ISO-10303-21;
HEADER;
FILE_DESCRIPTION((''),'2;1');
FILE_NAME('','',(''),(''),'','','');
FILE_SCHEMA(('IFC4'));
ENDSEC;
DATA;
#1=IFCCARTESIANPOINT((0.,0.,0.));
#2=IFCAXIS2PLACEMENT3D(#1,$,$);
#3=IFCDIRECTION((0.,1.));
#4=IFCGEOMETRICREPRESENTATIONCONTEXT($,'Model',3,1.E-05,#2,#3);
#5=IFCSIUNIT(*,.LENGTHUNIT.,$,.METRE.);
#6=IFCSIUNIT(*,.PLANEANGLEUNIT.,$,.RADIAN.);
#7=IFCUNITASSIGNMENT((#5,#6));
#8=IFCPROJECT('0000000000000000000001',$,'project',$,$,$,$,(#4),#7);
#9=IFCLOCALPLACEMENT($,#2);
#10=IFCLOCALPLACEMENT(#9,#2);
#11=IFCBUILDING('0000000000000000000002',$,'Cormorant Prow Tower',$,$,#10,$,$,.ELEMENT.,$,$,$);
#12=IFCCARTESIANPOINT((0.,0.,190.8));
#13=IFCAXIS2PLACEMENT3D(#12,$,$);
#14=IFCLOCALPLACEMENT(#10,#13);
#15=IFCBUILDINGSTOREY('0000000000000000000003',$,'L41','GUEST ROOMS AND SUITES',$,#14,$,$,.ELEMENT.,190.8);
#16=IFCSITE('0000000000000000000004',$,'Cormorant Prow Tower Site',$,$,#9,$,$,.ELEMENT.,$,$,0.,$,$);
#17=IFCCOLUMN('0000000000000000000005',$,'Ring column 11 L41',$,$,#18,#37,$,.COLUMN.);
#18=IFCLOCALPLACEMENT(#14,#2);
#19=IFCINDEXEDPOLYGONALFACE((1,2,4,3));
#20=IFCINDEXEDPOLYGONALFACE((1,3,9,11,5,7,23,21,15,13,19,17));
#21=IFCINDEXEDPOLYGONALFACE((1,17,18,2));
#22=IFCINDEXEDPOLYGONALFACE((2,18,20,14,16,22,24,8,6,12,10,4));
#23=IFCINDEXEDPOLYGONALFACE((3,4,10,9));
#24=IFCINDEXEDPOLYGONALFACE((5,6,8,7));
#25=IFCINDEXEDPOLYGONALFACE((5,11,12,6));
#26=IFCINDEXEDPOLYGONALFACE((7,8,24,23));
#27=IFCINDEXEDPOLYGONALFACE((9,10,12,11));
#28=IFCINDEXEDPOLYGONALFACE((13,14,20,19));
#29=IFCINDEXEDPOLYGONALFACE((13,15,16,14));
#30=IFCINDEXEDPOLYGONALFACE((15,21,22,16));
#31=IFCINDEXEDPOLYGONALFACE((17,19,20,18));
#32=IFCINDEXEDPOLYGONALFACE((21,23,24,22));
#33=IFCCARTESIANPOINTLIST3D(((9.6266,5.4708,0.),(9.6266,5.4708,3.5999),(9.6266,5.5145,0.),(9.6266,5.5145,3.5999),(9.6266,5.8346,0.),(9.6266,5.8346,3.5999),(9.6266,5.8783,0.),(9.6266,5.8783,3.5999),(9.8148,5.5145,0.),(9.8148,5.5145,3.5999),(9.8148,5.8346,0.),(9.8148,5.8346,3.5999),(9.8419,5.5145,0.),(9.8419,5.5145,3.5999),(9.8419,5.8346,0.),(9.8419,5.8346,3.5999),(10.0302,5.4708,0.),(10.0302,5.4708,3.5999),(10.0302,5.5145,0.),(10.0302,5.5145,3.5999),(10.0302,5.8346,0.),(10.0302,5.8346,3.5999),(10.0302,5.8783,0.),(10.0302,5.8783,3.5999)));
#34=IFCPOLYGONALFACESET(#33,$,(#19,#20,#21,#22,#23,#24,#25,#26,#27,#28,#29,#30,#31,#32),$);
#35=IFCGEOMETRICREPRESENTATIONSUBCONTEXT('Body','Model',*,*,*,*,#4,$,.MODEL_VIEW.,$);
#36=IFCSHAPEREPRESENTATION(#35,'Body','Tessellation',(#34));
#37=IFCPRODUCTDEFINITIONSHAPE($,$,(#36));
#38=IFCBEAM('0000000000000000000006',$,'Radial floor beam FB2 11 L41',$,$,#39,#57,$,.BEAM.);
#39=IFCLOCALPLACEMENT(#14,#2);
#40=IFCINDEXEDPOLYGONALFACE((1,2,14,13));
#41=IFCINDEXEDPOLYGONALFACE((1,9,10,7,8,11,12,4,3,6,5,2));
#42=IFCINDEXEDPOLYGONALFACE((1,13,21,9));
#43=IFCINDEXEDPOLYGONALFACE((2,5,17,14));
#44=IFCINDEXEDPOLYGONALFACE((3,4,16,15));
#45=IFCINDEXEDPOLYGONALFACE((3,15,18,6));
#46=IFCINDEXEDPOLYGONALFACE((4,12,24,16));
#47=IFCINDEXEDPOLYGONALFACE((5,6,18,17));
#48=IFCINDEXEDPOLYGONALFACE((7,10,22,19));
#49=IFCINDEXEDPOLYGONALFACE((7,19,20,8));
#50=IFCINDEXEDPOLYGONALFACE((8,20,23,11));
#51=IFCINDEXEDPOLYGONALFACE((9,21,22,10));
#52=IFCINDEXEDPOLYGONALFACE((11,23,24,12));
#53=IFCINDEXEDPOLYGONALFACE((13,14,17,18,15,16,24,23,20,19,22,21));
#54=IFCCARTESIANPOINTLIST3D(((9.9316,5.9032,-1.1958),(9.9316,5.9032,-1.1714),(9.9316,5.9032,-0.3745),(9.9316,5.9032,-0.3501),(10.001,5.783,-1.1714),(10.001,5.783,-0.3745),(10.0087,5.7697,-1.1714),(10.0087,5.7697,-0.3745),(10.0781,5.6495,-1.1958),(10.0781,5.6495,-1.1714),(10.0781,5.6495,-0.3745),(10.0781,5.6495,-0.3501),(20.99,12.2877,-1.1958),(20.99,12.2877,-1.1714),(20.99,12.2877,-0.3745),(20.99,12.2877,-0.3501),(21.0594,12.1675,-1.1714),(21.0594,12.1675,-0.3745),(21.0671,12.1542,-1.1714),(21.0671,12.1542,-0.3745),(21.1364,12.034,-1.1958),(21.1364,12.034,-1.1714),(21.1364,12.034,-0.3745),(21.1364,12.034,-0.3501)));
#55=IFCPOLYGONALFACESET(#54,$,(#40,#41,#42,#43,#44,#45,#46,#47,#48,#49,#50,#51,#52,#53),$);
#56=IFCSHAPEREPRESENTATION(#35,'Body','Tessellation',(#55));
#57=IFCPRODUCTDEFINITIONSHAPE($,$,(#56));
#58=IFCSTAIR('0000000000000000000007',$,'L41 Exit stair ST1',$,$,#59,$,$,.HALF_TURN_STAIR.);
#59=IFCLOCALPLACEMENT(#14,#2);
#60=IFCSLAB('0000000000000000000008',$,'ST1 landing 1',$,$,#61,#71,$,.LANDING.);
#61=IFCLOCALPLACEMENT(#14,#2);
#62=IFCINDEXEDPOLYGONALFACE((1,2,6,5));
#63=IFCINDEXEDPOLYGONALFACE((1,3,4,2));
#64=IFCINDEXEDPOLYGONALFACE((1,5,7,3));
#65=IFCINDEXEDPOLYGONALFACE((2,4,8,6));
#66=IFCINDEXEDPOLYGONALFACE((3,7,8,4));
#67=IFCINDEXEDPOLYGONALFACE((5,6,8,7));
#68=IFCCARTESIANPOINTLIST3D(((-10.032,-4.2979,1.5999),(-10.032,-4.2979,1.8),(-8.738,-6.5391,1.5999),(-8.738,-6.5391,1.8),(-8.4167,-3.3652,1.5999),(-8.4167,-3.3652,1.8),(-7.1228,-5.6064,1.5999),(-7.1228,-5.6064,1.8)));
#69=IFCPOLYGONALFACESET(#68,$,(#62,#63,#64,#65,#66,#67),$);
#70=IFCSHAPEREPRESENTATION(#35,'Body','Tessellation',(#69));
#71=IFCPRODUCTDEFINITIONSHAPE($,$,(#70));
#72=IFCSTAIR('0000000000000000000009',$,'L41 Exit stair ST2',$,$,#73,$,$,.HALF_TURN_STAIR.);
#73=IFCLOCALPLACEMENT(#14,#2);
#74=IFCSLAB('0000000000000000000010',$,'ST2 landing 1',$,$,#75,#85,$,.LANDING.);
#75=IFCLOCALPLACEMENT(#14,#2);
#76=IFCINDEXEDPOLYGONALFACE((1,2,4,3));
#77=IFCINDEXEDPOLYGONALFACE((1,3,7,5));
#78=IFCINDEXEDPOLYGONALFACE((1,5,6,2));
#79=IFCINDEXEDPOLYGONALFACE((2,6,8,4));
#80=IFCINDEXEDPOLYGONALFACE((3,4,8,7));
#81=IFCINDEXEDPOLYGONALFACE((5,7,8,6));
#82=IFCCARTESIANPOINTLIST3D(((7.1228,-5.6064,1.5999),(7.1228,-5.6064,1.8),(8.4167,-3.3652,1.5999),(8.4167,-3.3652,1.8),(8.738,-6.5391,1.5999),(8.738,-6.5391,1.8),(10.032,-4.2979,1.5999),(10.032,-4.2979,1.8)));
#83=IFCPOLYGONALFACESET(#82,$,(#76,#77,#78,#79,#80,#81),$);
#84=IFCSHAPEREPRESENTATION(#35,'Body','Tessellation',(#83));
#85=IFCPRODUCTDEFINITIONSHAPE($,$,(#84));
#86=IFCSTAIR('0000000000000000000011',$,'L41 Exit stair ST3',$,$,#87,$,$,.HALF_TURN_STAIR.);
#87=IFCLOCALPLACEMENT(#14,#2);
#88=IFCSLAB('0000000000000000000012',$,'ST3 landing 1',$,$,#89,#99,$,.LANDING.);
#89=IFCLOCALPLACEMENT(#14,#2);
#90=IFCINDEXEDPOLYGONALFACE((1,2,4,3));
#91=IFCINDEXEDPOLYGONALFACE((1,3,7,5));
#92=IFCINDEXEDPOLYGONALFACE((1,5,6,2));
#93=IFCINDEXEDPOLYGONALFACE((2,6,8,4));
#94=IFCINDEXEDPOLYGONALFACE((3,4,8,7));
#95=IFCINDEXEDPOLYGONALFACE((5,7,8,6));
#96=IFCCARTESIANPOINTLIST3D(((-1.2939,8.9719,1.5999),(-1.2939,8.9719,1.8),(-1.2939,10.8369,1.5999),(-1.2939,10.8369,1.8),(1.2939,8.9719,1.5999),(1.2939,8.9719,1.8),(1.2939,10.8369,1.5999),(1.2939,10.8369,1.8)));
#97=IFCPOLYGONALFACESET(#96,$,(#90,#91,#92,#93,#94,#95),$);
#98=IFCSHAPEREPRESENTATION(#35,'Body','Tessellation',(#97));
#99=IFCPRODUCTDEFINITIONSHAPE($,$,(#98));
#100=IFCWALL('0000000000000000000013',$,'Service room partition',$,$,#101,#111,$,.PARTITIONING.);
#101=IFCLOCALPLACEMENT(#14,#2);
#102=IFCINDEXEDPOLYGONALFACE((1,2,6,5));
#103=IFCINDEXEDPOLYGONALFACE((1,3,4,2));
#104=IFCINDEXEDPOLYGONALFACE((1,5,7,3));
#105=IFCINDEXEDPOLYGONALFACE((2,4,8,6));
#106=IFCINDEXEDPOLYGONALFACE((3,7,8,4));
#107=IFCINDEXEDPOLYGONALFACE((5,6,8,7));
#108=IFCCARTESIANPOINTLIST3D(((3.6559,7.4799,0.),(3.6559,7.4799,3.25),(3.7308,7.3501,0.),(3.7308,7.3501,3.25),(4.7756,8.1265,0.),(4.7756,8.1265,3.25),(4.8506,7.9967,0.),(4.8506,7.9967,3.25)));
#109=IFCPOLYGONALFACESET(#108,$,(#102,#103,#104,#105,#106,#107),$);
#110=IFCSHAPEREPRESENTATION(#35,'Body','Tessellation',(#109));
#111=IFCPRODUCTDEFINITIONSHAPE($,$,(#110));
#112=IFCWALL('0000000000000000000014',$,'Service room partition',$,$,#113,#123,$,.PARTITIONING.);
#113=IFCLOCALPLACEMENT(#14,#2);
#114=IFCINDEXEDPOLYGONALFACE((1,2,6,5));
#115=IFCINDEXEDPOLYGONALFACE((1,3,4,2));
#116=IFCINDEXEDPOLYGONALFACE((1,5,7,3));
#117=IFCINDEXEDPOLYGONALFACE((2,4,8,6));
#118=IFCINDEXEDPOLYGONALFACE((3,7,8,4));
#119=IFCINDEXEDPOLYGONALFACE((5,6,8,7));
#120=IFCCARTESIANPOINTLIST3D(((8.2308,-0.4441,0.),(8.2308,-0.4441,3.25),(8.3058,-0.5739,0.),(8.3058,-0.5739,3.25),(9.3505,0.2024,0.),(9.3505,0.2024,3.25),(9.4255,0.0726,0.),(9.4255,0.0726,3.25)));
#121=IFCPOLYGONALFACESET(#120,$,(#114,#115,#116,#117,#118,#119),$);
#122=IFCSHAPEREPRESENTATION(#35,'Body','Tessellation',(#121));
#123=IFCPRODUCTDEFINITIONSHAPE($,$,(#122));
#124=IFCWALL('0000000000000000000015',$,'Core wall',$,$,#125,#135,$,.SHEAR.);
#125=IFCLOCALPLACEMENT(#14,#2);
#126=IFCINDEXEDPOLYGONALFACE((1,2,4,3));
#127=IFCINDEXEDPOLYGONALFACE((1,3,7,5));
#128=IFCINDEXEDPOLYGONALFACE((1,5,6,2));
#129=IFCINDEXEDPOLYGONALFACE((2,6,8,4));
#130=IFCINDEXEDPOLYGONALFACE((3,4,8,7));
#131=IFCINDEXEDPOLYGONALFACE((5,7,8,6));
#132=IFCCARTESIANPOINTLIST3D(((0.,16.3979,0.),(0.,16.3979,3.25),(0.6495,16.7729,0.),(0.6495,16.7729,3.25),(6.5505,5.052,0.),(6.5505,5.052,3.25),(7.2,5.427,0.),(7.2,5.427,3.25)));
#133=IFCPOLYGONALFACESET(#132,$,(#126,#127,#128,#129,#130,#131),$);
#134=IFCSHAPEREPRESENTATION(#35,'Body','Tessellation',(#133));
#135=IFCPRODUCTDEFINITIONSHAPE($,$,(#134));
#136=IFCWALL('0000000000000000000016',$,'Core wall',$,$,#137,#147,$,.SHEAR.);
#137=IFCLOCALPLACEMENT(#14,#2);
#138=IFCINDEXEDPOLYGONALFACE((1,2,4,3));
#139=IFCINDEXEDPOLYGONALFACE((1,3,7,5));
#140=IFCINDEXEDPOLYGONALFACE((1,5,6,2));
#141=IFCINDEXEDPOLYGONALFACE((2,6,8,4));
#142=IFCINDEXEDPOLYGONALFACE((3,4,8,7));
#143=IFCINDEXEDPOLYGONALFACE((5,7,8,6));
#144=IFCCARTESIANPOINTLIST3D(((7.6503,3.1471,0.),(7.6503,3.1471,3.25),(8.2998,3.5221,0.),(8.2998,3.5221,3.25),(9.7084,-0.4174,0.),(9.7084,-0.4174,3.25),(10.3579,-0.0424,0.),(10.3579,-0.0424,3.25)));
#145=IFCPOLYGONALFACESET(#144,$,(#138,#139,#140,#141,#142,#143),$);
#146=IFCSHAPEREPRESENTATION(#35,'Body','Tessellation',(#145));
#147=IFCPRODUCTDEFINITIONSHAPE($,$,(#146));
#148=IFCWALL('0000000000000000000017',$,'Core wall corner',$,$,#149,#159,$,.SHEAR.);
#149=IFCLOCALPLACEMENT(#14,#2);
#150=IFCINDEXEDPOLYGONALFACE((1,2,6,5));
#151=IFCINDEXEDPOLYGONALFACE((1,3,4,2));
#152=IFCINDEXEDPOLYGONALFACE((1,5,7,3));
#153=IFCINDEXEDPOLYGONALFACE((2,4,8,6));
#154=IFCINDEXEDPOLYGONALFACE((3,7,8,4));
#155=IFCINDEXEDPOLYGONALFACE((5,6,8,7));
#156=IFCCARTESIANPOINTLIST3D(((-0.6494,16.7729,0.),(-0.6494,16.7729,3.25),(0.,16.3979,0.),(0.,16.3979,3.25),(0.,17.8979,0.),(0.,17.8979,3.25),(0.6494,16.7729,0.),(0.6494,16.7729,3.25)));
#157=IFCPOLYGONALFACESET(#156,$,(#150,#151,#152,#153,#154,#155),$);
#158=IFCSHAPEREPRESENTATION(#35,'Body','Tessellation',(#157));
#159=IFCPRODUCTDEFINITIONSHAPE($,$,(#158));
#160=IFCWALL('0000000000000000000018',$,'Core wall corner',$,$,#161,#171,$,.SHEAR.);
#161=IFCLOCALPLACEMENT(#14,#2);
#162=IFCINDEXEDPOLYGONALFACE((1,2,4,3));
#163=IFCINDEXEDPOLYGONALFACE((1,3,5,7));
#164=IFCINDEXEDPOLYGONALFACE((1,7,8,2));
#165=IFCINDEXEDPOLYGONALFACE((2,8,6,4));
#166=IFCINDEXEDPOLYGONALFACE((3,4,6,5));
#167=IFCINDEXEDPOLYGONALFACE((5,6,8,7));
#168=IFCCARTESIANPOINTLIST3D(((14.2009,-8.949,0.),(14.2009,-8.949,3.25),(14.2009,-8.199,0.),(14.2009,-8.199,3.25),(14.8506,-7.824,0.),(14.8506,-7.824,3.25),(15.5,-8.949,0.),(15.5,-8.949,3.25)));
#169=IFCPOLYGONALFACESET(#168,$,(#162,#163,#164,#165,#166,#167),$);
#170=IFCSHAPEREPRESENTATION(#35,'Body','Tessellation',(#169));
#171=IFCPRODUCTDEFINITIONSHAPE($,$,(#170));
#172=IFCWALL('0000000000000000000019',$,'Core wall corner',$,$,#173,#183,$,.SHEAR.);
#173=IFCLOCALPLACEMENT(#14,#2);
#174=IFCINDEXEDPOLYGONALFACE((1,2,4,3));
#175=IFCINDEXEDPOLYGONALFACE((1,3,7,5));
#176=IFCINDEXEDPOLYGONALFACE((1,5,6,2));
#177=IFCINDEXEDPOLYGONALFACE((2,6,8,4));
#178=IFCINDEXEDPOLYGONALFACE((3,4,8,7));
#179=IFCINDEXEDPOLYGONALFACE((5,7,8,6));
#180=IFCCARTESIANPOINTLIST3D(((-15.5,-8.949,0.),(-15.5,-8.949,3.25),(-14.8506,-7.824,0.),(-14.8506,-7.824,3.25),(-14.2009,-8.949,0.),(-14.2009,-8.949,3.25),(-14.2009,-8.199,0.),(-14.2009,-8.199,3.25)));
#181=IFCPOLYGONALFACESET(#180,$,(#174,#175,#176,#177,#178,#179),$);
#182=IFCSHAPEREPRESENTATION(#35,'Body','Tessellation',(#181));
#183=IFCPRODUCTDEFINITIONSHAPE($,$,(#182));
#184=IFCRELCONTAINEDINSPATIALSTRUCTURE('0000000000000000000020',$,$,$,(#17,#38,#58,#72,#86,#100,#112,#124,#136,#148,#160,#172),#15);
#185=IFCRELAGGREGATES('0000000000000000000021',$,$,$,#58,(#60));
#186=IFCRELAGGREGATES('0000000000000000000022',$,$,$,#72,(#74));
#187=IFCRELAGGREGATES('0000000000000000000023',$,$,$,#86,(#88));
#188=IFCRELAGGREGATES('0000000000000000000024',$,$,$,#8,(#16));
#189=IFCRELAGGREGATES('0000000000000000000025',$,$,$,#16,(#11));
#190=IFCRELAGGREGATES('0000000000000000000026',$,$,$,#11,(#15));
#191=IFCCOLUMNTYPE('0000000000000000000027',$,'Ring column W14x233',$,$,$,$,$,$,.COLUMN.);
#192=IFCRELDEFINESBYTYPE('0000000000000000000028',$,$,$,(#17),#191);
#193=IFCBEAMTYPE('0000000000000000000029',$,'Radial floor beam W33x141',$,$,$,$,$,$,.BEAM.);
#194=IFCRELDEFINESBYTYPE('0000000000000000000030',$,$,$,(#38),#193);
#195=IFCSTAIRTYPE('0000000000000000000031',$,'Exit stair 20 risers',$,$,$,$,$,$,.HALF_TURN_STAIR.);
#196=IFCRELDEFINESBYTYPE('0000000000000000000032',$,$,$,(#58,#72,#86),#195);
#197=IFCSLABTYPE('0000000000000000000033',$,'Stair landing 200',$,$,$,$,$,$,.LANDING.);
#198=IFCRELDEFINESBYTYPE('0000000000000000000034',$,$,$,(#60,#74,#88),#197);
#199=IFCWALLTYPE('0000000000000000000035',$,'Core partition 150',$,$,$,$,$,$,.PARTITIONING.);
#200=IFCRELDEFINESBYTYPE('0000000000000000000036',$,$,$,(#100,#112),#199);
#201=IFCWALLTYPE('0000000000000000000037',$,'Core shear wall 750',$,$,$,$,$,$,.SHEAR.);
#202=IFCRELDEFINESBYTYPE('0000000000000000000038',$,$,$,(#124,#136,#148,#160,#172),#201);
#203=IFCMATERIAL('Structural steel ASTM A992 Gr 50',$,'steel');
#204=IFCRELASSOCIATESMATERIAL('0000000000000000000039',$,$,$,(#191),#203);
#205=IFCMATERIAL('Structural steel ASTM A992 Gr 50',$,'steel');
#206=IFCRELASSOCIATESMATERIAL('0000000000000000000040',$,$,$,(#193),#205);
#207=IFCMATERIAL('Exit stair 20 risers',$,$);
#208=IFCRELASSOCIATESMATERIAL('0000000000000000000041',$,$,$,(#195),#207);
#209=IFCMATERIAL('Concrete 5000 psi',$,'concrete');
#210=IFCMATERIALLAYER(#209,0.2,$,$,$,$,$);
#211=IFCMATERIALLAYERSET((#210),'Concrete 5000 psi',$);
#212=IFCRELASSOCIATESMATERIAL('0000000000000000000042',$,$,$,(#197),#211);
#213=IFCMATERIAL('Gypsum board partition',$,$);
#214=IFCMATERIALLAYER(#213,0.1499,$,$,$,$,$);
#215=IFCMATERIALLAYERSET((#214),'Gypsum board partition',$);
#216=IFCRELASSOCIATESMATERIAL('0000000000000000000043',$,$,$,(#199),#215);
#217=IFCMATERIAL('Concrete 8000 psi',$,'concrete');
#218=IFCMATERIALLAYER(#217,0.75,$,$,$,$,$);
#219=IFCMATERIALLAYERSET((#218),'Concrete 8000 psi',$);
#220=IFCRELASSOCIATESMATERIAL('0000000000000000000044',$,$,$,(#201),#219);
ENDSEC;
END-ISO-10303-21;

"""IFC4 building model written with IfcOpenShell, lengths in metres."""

from ifc_helpers import new_model, si_unit, direction, frame, frame_2d, origin, origin_2d, place, context, subcontext, project, spatial, polyline, rectangle, i_section, outline, extrude, material, layer, layer_set, material_profile, profile_set, type_object, element, aggregate, save


model = new_model("IFC4")

# Units and contexts
model_context = context("Model", 3, precision=1e-05, world=origin(), true_north=direction((0.0, 1.0)))
body_context = subcontext(model_context, "Body", "Model", "MODEL_VIEW")
ifc_project = project(units=[si_unit("LENGTHUNIT", "METRE"), si_unit("PLANEANGLEUNIT", "RADIAN")], contexts=[model_context])

# Site, building, storey
site_placement = place(None, origin())
site = spatial("IfcSite", under=ifc_project, at=site_placement, Name="Cormorant Prow Tower Site", CompositionType="ELEMENT", RefElevation=0.0)
building_placement = place(site_placement, origin())
building = spatial("IfcBuilding", under=site, at=building_placement, Name="Cormorant Prow Tower", CompositionType="ELEMENT")
storey_placement = place(building_placement, frame((0.0, 0.0, 190.8)))
storey = spatial("IfcBuildingStorey", under=building, at=storey_placement, Name="L41", Description="GUEST ROOMS AND SUITES", CompositionType="ELEMENT", Elevation=190.8)

# Column
ifc_material_1 = material(Name="Structural steel ASTM A992 Gr 50", Category="steel")
ifc_material_profile_1 = material_profile(ifc_material_1, i_section(OverallWidth=0.4036, OverallDepth=0.4075, WebThickness=0.0271, FlangeThickness=0.0437, at=origin_2d()), Name="W14x233")
ifc_profile_set_1 = profile_set([ifc_material_profile_1], Name="Structural steel ASTM A992 Gr 50")
column_type = type_object("IfcColumnType", Name="Ring column W14x233", PredefinedType="COLUMN", material=ifc_profile_set_1)
column_placement = place(storey_placement, frame((9.8284, 5.6746, 0.0), z_axis=(0.0, 0.0, 1.0), x_axis=(1.0, 0.0, 0.0)))
element("IfcColumn", 1, at=column_placement, inside=storey, type_object=column_type, Name="Ring column 11 L41", PredefinedType="COLUMN", context=body_context, shape_type="SweptSolid", body=[
    extrude(i_section(OverallWidth=0.4036, OverallDepth=0.4075, WebThickness=0.0271, FlangeThickness=0.0437, at=origin_2d()), origin(), (0.0, 0.0, 1.0), 3.5999),
])

# Beam
ifc_material_2 = material(Name="Structural steel ASTM A992 Gr 50", Category="steel")
ifc_material_profile_2 = material_profile(ifc_material_2, i_section(OverallWidth=0.293, OverallDepth=0.8457, WebThickness=0.0154, FlangeThickness=0.0244, at=origin_2d()), Name="W33x141")
ifc_profile_set_2 = profile_set([ifc_material_profile_2], Name="Structural steel ASTM A992 Gr 50")
beam_type = type_object("IfcBeamType", Name="Radial floor beam W33x141", PredefinedType="BEAM", material=ifc_profile_set_2)
beam_placement = place(storey_placement, frame((10.0049, 5.7764, -0.7729), z_axis=(0.866026, 0.499999, 0.0), x_axis=(-0.499999, 0.866026, 0.0)))
element("IfcBeam", 2, at=beam_placement, inside=storey, type_object=beam_type, Name="Radial floor beam FB2 11 L41", PredefinedType="BEAM", context=body_context, shape_type="SweptSolid", body=[
    extrude(i_section(OverallWidth=0.293, OverallDepth=0.8457, WebThickness=0.0154, FlangeThickness=0.0244, at=origin_2d()), origin(), (0.0, 0.0, 1.0), 12.769),
])

# Stairs, slabs
ifc_material_3 = material(Name="Exit stair 20 risers")
stair_type = type_object("IfcStairType", Name="Exit stair 20 risers", PredefinedType="HALF_TURN_STAIR", material=ifc_material_3)
stair_1_placement = place(storey_placement, origin())
stair_1 = element("IfcStair", 3, at=stair_1_placement, inside=storey, type_object=stair_type, Name="L41 Exit stair ST1", PredefinedType="HALF_TURN_STAIR")
ifc_material_4 = material(Name="Concrete 5000 psi", Category="concrete")
ifc_layer_1 = layer(ifc_material_4, 0.2)
ifc_layer_set_1 = layer_set([ifc_layer_1], Name="Concrete 5000 psi")
slab_type = type_object("IfcSlabType", Name="Stair landing 200", PredefinedType="LANDING", material=ifc_layer_set_1)
slab_1_placement = place(storey_placement, frame((0.0, 0.0, 1.5999)))
slab_1 = element("IfcSlab", 4, at=slab_1_placement, type_object=slab_type, Name="ST1 landing 1", PredefinedType="LANDING", context=body_context, shape_type="SweptSolid", body=[
    extrude(outline(polyline([(-8.4167, -3.3652), (-10.032, -4.2979), (-8.738, -6.5391), (-7.1228, -5.6064), (-8.4167, -3.3652)])), origin(), (0.0, 0.0, 1.0), 0.2002),
])
aggregate(stair_1, [slab_1])
stair_2_placement = place(storey_placement, origin())
stair_2 = element("IfcStair", 5, at=stair_2_placement, inside=storey, type_object=stair_type, Name="L41 Exit stair ST2", PredefinedType="HALF_TURN_STAIR")
slab_2_placement = place(storey_placement, frame((0.0, 0.0, 1.5999)))
slab_2 = element("IfcSlab", 6, at=slab_2_placement, type_object=slab_type, Name="ST2 landing 1", PredefinedType="LANDING", context=body_context, shape_type="SweptSolid", body=[
    extrude(outline(polyline([(7.1228, -5.6064), (8.738, -6.5391), (10.032, -4.2979), (8.4167, -3.3652), (7.1228, -5.6064)])), origin(), (0.0, 0.0, 1.0), 0.2002),
])
aggregate(stair_2, [slab_2])
stair_3_placement = place(storey_placement, origin())
stair_3 = element("IfcStair", 7, at=stair_3_placement, inside=storey, type_object=stair_type, Name="L41 Exit stair ST3", PredefinedType="HALF_TURN_STAIR")
slab_3_placement = place(storey_placement, frame((0.0, 0.0, 1.5999)))
slab_3 = element("IfcSlab", 8, at=slab_3_placement, type_object=slab_type, Name="ST3 landing 1", PredefinedType="LANDING", context=body_context, shape_type="SweptSolid", body=[
    extrude(outline(polyline([(1.2939, 8.9719), (1.2939, 10.8369), (-1.2939, 10.8369), (-1.2939, 8.9719), (1.2939, 8.9719)])), origin(), (0.0, 0.0, 1.0), 0.2002),
])

# Walls
ifc_material_5 = material(Name="Gypsum board partition")
ifc_layer_2 = layer(ifc_material_5, 0.1499)
ifc_layer_set_2 = layer_set([ifc_layer_2], Name="Gypsum board partition")
wall_type_1 = type_object("IfcWallType", Name="Core partition 150", PredefinedType="PARTITIONING", material=ifc_layer_set_2)
for number, where, z_axis, x_axis, name in (
    (9, (3.6934, 7.415, 0.0), (0.0, 0.0, 1.0), (0.866003, 0.500038, 0.0), "Service room partition"),
    (10, (8.2683, -0.509, 0.0), (0.0, 0.0, 1.0), (0.866003, 0.500038, 0.0), "Service room partition"),
):
    element("IfcWall", number, at=place(storey_placement, frame(where, z_axis=z_axis, x_axis=x_axis)), inside=storey, type_object=wall_type_1, Name=name, PredefinedType="PARTITIONING", context=body_context, shape_type="SweptSolid", body=[
        extrude(rectangle(XDim=1.293, YDim=0.1499, at=frame_2d((0.6465, 0.0))), origin(), (0.0, 0.0, 1.0), 3.25),
    ])
ifc_material_6 = material(Name="Concrete 8000 psi", Category="concrete")
ifc_layer_3 = layer(ifc_material_6, 0.75)
ifc_layer_set_3 = layer_set([ifc_layer_3], Name="Concrete 8000 psi")
wall_type_2 = type_object("IfcWallType", Name="Core shear wall 750", PredefinedType="SHEAR", material=ifc_layer_set_3)
wall_1_placement = place(storey_placement, frame((6.8752, 5.2395, 0.0), z_axis=(0.0, 0.0, 1.0), x_axis=(-0.499997, 0.866027, 0.0)))
element("IfcWall", 11, at=wall_1_placement, inside=storey, type_object=wall_type_2, Name="Core wall", PredefinedType="SHEAR", context=body_context, shape_type="SweptSolid", body=[
    extrude(rectangle(XDim=13.1011, YDim=0.75, at=frame_2d((6.5505, 0.0))), origin(), (0.0, 0.0, 1.0), 3.25),
])
wall_2_placement = place(storey_placement, frame((10.0332, -0.23, 0.0), z_axis=(0.0, 0.0, 1.0), x_axis=(-0.500031, 0.866008, 0.0)))
element("IfcWall", 12, at=wall_2_placement, inside=storey, type_object=wall_type_2, Name="Core wall", PredefinedType="SHEAR", context=body_context, shape_type="SweptSolid", body=[
    extrude(rectangle(XDim=4.116, YDim=0.75, at=frame_2d((2.0581, 0.0))), origin(), (0.0, 0.0, 1.0), 3.25),
])
wall_3_placement = place(storey_placement, origin())
element("IfcWall", 13, at=wall_3_placement, inside=storey, type_object=wall_type_2, Name="Core wall corner", PredefinedType="SHEAR", context=body_context, shape_type="SweptSolid", body=[
    extrude(outline(polyline([(-0.6494, 16.7729), (0.0, 17.8979), (0.6494, 16.7729), (0.0, 16.3979), (-0.6494, 16.7729)])), origin(), (0.0, 0.0, 1.0), 3.25),
])
wall_4_placement = place(storey_placement, origin())
element("IfcWall", 14, at=wall_4_placement, inside=storey, type_object=wall_type_2, Name="Core wall corner", PredefinedType="SHEAR", context=body_context, shape_type="SweptSolid", body=[
    extrude(outline(polyline([(14.2009, -8.949), (14.2009, -8.199), (14.8506, -7.824), (15.5, -8.949), (14.2009, -8.949)])), origin(), (0.0, 0.0, 1.0), 3.25),
])
wall_5_placement = place(storey_placement, origin())
element("IfcWall", 15, at=wall_5_placement, inside=storey, type_object=wall_type_2, Name="Core wall corner", PredefinedType="SHEAR", context=body_context, shape_type="SweptSolid", body=[
    extrude(outline(polyline([(-14.8506, -7.824), (-14.2009, -8.199), (-14.2009, -8.949), (-15.5, -8.949), (-14.8506, -7.824)])), origin(), (0.0, 0.0, 1.0), 3.25),
])

aggregate(stair_3, [slab_3])

save(model, "model.ifc")
